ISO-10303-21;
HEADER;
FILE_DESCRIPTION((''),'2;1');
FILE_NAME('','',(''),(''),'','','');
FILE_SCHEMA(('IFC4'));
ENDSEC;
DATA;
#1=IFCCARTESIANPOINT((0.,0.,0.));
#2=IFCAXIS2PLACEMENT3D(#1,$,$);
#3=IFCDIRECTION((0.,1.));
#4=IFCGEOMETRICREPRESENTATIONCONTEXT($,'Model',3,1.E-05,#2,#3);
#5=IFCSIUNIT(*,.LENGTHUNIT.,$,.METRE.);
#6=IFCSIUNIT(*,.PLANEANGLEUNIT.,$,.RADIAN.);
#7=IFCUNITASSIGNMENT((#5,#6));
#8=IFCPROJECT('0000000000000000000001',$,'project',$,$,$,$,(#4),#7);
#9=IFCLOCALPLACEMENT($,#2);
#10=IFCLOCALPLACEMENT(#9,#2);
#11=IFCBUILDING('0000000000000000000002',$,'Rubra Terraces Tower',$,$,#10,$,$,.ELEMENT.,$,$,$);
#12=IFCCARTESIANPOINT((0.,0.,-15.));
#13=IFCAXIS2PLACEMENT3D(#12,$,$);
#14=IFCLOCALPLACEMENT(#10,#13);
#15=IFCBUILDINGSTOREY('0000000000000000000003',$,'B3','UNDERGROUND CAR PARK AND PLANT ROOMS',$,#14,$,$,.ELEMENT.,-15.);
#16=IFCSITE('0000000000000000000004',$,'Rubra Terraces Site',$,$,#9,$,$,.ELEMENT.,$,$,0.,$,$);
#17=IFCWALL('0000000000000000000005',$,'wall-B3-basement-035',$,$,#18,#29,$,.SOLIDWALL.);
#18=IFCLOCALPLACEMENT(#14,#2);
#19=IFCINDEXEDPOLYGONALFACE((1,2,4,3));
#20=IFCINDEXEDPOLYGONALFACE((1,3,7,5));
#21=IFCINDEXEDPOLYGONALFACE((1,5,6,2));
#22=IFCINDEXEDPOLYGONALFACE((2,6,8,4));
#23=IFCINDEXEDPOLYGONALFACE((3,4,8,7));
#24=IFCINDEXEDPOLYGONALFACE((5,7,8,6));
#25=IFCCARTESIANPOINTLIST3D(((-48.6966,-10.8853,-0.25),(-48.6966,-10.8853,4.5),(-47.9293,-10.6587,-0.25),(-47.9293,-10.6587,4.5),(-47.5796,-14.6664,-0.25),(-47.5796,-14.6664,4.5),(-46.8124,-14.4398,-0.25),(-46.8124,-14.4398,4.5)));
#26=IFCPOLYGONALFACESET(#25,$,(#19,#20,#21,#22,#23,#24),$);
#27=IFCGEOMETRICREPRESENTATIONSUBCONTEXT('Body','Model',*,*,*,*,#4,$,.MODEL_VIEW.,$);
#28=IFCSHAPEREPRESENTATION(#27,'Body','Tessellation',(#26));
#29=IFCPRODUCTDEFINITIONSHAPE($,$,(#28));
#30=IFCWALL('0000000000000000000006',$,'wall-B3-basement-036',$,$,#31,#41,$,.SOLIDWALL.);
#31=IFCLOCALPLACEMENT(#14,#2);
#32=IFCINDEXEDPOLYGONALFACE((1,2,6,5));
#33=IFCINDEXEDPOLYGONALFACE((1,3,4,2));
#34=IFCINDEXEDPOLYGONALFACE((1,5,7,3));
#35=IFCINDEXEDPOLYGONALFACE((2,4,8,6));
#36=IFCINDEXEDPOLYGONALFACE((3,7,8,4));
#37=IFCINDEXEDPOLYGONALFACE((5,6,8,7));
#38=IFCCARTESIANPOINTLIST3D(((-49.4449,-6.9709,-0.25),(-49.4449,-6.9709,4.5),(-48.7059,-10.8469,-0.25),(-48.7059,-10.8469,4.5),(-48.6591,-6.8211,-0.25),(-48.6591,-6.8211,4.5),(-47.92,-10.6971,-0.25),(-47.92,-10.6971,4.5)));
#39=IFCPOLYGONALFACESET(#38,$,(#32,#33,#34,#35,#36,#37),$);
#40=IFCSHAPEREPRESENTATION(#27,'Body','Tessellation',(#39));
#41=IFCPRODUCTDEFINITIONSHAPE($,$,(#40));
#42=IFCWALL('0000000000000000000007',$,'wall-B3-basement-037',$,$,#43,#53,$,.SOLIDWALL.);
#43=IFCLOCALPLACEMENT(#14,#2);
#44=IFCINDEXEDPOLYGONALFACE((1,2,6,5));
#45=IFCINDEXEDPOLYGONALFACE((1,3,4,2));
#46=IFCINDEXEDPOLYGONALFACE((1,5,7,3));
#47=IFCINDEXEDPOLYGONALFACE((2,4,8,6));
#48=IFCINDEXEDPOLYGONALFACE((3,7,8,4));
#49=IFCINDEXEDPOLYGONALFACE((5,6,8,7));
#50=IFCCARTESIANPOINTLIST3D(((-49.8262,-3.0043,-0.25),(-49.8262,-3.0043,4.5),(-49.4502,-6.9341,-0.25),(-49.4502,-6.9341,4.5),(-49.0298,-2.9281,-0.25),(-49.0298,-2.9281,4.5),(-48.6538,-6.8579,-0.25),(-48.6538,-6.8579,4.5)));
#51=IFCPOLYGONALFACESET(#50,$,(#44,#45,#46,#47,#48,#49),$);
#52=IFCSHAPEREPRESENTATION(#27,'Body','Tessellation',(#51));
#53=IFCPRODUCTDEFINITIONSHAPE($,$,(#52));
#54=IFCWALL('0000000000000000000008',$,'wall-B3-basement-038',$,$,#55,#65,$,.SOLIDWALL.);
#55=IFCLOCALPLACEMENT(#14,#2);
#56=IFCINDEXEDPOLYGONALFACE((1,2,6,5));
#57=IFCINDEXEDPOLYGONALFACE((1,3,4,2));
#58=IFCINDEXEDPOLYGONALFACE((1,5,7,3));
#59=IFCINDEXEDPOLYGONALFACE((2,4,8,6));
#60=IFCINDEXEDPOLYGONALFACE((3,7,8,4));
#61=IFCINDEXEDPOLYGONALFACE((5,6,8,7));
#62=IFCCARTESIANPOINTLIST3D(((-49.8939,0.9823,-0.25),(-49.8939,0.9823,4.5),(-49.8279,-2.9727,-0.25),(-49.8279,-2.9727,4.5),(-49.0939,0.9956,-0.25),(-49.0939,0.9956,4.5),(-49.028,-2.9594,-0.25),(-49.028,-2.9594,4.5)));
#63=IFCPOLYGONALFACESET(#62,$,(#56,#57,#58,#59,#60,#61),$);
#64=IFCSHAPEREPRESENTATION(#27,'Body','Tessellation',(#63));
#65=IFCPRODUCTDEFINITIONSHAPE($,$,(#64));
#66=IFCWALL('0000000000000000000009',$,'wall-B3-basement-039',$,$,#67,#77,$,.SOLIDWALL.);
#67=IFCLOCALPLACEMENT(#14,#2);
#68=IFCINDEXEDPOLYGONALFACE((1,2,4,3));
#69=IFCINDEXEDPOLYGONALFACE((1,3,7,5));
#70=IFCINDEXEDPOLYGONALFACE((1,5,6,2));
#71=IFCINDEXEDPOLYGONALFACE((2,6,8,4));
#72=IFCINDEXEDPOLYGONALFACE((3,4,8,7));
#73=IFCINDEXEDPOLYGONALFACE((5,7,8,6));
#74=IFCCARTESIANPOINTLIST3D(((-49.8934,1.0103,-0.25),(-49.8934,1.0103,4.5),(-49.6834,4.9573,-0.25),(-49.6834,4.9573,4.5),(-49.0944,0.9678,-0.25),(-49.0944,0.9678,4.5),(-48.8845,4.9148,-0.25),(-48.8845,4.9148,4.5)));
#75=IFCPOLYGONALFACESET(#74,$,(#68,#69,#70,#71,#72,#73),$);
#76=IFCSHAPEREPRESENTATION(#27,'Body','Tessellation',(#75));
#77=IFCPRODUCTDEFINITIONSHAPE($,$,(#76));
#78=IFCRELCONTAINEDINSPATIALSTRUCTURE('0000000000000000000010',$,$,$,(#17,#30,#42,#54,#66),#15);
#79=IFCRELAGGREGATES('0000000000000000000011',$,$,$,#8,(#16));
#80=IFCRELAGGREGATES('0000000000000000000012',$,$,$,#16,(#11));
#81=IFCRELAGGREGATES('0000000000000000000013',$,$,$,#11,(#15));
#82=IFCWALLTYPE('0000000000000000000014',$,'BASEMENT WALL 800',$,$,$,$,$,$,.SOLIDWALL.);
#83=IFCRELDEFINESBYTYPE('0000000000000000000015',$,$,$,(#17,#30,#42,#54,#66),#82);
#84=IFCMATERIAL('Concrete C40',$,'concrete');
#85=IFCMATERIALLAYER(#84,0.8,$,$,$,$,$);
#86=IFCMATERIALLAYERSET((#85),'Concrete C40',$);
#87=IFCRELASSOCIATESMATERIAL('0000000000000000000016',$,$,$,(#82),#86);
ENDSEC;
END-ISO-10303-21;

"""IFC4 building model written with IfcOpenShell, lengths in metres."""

from ifc_helpers import new_model, si_unit, direction, frame, frame_2d, origin, place, context, subcontext, project, spatial, rectangle, extrude, material, layer, layer_set, type_object, element, save


model = new_model("IFC4")

# Units and contexts
model_context = context("Model", 3, precision=1e-05, world=origin(), true_north=direction((0.0, 1.0)))
body_context = subcontext(model_context, "Body", "Model", "MODEL_VIEW")
ifc_project = project(units=[si_unit("LENGTHUNIT", "METRE"), si_unit("PLANEANGLEUNIT", "RADIAN")], contexts=[model_context])

# Site, building, storey
site_placement = place(None, origin())
site = spatial("IfcSite", under=ifc_project, at=site_placement, Name="Rubra Terraces Site", CompositionType="ELEMENT", RefElevation=0.0)
building_placement = place(site_placement, origin())
building = spatial("IfcBuilding", under=site, at=building_placement, Name="Rubra Terraces Tower", CompositionType="ELEMENT")
storey_placement = place(building_placement, frame((0.0, 0.0, -15.0)))
storey = spatial("IfcBuildingStorey", under=building, at=storey_placement, Name="B3", Description="UNDERGROUND CAR PARK AND PLANT ROOMS", CompositionType="ELEMENT", Elevation=-15.0)

# Shared definitions
ifc_material_1 = material(Name="Concrete C40", Category="concrete")

# Walls
ifc_layer = layer(ifc_material_1, 0.8)
ifc_layer_set = layer_set([ifc_layer], Name="Concrete C40")
wall_type = type_object("IfcWallType", Name="BASEMENT WALL 800", PredefinedType="SOLIDWALL", material=ifc_layer_set)
wall_1_placement = place(storey_placement, frame((-47.196, -14.553, -0.25), z_axis=(0.0, 0.0, 1.0), x_axis=(-0.283306, 0.95903, 0.0)))
element("IfcWall", 1, at=wall_1_placement, inside=storey, type_object=wall_type, Name="wall-B3-basement-035", PredefinedType="SOLIDWALL", context=body_context, shape_type="SweptSolid", body=[
    extrude(rectangle(XDim=3.9426, YDim=0.8, at=frame_2d((1.9712, 0.0))), origin(), (0.0, 0.0, 1.0), 4.75),
])
wall_2_placement = place(storey_placement, frame((-48.313, -10.772, -0.25), z_axis=(0.0, 0.0, 1.0), x_axis=(-0.187291, 0.982304, 0.0)))
element("IfcWall", 2, at=wall_2_placement, inside=storey, type_object=wall_type, Name="wall-B3-basement-036", PredefinedType="SOLIDWALL", context=body_context, shape_type="SweptSolid", body=[
    extrude(rectangle(XDim=3.9458, YDim=0.8, at=frame_2d((1.9729, 0.0))), origin(), (0.0, 0.0, 1.0), 4.75),
])
wall_3_placement = place(storey_placement, frame((-49.052, -6.896, -0.25), z_axis=(0.0, 0.0, 1.0), x_axis=(-0.095235, 0.995455, 0.0)))
element("IfcWall", 3, at=wall_3_placement, inside=storey, type_object=wall_type, Name="wall-B3-basement-037", PredefinedType="SOLIDWALL", context=body_context, shape_type="SweptSolid", body=[
    extrude(rectangle(XDim=3.9478, YDim=0.8, at=frame_2d((1.9739, 0.0))), origin(), (0.0, 0.0, 1.0), 4.75),
])
wall_4_placement = place(storey_placement, frame((-49.428, -2.9661, -0.25), z_axis=(0.0, 0.0, 1.0), x_axis=(-0.016664, 0.999861, 0.0)))
element("IfcWall", 4, at=wall_4_placement, inside=storey, type_object=wall_type, Name="wall-B3-basement-038", PredefinedType="SOLIDWALL", context=body_context, shape_type="SweptSolid", body=[
    extrude(rectangle(XDim=3.9556, YDim=0.8, at=frame_2d((1.9778, 0.0))), origin(), (0.0, 0.0, 1.0), 4.75),
])
wall_5_placement = place(storey_placement, frame((-49.4939, 0.989, -0.25), z_axis=(0.0, 0.0, 1.0), x_axis=(0.05312, 0.998588, 0.0)))
element("IfcWall", 5, at=wall_5_placement, inside=storey, type_object=wall_type, Name="wall-B3-basement-039", PredefinedType="SOLIDWALL", context=body_context, shape_type="SweptSolid", body=[
    extrude(rectangle(XDim=3.9526, YDim=0.8, at=frame_2d((1.9763, 0.0))), origin(), (0.0, 0.0, 1.0), 4.75),
])

save(model, "model.ifc")
